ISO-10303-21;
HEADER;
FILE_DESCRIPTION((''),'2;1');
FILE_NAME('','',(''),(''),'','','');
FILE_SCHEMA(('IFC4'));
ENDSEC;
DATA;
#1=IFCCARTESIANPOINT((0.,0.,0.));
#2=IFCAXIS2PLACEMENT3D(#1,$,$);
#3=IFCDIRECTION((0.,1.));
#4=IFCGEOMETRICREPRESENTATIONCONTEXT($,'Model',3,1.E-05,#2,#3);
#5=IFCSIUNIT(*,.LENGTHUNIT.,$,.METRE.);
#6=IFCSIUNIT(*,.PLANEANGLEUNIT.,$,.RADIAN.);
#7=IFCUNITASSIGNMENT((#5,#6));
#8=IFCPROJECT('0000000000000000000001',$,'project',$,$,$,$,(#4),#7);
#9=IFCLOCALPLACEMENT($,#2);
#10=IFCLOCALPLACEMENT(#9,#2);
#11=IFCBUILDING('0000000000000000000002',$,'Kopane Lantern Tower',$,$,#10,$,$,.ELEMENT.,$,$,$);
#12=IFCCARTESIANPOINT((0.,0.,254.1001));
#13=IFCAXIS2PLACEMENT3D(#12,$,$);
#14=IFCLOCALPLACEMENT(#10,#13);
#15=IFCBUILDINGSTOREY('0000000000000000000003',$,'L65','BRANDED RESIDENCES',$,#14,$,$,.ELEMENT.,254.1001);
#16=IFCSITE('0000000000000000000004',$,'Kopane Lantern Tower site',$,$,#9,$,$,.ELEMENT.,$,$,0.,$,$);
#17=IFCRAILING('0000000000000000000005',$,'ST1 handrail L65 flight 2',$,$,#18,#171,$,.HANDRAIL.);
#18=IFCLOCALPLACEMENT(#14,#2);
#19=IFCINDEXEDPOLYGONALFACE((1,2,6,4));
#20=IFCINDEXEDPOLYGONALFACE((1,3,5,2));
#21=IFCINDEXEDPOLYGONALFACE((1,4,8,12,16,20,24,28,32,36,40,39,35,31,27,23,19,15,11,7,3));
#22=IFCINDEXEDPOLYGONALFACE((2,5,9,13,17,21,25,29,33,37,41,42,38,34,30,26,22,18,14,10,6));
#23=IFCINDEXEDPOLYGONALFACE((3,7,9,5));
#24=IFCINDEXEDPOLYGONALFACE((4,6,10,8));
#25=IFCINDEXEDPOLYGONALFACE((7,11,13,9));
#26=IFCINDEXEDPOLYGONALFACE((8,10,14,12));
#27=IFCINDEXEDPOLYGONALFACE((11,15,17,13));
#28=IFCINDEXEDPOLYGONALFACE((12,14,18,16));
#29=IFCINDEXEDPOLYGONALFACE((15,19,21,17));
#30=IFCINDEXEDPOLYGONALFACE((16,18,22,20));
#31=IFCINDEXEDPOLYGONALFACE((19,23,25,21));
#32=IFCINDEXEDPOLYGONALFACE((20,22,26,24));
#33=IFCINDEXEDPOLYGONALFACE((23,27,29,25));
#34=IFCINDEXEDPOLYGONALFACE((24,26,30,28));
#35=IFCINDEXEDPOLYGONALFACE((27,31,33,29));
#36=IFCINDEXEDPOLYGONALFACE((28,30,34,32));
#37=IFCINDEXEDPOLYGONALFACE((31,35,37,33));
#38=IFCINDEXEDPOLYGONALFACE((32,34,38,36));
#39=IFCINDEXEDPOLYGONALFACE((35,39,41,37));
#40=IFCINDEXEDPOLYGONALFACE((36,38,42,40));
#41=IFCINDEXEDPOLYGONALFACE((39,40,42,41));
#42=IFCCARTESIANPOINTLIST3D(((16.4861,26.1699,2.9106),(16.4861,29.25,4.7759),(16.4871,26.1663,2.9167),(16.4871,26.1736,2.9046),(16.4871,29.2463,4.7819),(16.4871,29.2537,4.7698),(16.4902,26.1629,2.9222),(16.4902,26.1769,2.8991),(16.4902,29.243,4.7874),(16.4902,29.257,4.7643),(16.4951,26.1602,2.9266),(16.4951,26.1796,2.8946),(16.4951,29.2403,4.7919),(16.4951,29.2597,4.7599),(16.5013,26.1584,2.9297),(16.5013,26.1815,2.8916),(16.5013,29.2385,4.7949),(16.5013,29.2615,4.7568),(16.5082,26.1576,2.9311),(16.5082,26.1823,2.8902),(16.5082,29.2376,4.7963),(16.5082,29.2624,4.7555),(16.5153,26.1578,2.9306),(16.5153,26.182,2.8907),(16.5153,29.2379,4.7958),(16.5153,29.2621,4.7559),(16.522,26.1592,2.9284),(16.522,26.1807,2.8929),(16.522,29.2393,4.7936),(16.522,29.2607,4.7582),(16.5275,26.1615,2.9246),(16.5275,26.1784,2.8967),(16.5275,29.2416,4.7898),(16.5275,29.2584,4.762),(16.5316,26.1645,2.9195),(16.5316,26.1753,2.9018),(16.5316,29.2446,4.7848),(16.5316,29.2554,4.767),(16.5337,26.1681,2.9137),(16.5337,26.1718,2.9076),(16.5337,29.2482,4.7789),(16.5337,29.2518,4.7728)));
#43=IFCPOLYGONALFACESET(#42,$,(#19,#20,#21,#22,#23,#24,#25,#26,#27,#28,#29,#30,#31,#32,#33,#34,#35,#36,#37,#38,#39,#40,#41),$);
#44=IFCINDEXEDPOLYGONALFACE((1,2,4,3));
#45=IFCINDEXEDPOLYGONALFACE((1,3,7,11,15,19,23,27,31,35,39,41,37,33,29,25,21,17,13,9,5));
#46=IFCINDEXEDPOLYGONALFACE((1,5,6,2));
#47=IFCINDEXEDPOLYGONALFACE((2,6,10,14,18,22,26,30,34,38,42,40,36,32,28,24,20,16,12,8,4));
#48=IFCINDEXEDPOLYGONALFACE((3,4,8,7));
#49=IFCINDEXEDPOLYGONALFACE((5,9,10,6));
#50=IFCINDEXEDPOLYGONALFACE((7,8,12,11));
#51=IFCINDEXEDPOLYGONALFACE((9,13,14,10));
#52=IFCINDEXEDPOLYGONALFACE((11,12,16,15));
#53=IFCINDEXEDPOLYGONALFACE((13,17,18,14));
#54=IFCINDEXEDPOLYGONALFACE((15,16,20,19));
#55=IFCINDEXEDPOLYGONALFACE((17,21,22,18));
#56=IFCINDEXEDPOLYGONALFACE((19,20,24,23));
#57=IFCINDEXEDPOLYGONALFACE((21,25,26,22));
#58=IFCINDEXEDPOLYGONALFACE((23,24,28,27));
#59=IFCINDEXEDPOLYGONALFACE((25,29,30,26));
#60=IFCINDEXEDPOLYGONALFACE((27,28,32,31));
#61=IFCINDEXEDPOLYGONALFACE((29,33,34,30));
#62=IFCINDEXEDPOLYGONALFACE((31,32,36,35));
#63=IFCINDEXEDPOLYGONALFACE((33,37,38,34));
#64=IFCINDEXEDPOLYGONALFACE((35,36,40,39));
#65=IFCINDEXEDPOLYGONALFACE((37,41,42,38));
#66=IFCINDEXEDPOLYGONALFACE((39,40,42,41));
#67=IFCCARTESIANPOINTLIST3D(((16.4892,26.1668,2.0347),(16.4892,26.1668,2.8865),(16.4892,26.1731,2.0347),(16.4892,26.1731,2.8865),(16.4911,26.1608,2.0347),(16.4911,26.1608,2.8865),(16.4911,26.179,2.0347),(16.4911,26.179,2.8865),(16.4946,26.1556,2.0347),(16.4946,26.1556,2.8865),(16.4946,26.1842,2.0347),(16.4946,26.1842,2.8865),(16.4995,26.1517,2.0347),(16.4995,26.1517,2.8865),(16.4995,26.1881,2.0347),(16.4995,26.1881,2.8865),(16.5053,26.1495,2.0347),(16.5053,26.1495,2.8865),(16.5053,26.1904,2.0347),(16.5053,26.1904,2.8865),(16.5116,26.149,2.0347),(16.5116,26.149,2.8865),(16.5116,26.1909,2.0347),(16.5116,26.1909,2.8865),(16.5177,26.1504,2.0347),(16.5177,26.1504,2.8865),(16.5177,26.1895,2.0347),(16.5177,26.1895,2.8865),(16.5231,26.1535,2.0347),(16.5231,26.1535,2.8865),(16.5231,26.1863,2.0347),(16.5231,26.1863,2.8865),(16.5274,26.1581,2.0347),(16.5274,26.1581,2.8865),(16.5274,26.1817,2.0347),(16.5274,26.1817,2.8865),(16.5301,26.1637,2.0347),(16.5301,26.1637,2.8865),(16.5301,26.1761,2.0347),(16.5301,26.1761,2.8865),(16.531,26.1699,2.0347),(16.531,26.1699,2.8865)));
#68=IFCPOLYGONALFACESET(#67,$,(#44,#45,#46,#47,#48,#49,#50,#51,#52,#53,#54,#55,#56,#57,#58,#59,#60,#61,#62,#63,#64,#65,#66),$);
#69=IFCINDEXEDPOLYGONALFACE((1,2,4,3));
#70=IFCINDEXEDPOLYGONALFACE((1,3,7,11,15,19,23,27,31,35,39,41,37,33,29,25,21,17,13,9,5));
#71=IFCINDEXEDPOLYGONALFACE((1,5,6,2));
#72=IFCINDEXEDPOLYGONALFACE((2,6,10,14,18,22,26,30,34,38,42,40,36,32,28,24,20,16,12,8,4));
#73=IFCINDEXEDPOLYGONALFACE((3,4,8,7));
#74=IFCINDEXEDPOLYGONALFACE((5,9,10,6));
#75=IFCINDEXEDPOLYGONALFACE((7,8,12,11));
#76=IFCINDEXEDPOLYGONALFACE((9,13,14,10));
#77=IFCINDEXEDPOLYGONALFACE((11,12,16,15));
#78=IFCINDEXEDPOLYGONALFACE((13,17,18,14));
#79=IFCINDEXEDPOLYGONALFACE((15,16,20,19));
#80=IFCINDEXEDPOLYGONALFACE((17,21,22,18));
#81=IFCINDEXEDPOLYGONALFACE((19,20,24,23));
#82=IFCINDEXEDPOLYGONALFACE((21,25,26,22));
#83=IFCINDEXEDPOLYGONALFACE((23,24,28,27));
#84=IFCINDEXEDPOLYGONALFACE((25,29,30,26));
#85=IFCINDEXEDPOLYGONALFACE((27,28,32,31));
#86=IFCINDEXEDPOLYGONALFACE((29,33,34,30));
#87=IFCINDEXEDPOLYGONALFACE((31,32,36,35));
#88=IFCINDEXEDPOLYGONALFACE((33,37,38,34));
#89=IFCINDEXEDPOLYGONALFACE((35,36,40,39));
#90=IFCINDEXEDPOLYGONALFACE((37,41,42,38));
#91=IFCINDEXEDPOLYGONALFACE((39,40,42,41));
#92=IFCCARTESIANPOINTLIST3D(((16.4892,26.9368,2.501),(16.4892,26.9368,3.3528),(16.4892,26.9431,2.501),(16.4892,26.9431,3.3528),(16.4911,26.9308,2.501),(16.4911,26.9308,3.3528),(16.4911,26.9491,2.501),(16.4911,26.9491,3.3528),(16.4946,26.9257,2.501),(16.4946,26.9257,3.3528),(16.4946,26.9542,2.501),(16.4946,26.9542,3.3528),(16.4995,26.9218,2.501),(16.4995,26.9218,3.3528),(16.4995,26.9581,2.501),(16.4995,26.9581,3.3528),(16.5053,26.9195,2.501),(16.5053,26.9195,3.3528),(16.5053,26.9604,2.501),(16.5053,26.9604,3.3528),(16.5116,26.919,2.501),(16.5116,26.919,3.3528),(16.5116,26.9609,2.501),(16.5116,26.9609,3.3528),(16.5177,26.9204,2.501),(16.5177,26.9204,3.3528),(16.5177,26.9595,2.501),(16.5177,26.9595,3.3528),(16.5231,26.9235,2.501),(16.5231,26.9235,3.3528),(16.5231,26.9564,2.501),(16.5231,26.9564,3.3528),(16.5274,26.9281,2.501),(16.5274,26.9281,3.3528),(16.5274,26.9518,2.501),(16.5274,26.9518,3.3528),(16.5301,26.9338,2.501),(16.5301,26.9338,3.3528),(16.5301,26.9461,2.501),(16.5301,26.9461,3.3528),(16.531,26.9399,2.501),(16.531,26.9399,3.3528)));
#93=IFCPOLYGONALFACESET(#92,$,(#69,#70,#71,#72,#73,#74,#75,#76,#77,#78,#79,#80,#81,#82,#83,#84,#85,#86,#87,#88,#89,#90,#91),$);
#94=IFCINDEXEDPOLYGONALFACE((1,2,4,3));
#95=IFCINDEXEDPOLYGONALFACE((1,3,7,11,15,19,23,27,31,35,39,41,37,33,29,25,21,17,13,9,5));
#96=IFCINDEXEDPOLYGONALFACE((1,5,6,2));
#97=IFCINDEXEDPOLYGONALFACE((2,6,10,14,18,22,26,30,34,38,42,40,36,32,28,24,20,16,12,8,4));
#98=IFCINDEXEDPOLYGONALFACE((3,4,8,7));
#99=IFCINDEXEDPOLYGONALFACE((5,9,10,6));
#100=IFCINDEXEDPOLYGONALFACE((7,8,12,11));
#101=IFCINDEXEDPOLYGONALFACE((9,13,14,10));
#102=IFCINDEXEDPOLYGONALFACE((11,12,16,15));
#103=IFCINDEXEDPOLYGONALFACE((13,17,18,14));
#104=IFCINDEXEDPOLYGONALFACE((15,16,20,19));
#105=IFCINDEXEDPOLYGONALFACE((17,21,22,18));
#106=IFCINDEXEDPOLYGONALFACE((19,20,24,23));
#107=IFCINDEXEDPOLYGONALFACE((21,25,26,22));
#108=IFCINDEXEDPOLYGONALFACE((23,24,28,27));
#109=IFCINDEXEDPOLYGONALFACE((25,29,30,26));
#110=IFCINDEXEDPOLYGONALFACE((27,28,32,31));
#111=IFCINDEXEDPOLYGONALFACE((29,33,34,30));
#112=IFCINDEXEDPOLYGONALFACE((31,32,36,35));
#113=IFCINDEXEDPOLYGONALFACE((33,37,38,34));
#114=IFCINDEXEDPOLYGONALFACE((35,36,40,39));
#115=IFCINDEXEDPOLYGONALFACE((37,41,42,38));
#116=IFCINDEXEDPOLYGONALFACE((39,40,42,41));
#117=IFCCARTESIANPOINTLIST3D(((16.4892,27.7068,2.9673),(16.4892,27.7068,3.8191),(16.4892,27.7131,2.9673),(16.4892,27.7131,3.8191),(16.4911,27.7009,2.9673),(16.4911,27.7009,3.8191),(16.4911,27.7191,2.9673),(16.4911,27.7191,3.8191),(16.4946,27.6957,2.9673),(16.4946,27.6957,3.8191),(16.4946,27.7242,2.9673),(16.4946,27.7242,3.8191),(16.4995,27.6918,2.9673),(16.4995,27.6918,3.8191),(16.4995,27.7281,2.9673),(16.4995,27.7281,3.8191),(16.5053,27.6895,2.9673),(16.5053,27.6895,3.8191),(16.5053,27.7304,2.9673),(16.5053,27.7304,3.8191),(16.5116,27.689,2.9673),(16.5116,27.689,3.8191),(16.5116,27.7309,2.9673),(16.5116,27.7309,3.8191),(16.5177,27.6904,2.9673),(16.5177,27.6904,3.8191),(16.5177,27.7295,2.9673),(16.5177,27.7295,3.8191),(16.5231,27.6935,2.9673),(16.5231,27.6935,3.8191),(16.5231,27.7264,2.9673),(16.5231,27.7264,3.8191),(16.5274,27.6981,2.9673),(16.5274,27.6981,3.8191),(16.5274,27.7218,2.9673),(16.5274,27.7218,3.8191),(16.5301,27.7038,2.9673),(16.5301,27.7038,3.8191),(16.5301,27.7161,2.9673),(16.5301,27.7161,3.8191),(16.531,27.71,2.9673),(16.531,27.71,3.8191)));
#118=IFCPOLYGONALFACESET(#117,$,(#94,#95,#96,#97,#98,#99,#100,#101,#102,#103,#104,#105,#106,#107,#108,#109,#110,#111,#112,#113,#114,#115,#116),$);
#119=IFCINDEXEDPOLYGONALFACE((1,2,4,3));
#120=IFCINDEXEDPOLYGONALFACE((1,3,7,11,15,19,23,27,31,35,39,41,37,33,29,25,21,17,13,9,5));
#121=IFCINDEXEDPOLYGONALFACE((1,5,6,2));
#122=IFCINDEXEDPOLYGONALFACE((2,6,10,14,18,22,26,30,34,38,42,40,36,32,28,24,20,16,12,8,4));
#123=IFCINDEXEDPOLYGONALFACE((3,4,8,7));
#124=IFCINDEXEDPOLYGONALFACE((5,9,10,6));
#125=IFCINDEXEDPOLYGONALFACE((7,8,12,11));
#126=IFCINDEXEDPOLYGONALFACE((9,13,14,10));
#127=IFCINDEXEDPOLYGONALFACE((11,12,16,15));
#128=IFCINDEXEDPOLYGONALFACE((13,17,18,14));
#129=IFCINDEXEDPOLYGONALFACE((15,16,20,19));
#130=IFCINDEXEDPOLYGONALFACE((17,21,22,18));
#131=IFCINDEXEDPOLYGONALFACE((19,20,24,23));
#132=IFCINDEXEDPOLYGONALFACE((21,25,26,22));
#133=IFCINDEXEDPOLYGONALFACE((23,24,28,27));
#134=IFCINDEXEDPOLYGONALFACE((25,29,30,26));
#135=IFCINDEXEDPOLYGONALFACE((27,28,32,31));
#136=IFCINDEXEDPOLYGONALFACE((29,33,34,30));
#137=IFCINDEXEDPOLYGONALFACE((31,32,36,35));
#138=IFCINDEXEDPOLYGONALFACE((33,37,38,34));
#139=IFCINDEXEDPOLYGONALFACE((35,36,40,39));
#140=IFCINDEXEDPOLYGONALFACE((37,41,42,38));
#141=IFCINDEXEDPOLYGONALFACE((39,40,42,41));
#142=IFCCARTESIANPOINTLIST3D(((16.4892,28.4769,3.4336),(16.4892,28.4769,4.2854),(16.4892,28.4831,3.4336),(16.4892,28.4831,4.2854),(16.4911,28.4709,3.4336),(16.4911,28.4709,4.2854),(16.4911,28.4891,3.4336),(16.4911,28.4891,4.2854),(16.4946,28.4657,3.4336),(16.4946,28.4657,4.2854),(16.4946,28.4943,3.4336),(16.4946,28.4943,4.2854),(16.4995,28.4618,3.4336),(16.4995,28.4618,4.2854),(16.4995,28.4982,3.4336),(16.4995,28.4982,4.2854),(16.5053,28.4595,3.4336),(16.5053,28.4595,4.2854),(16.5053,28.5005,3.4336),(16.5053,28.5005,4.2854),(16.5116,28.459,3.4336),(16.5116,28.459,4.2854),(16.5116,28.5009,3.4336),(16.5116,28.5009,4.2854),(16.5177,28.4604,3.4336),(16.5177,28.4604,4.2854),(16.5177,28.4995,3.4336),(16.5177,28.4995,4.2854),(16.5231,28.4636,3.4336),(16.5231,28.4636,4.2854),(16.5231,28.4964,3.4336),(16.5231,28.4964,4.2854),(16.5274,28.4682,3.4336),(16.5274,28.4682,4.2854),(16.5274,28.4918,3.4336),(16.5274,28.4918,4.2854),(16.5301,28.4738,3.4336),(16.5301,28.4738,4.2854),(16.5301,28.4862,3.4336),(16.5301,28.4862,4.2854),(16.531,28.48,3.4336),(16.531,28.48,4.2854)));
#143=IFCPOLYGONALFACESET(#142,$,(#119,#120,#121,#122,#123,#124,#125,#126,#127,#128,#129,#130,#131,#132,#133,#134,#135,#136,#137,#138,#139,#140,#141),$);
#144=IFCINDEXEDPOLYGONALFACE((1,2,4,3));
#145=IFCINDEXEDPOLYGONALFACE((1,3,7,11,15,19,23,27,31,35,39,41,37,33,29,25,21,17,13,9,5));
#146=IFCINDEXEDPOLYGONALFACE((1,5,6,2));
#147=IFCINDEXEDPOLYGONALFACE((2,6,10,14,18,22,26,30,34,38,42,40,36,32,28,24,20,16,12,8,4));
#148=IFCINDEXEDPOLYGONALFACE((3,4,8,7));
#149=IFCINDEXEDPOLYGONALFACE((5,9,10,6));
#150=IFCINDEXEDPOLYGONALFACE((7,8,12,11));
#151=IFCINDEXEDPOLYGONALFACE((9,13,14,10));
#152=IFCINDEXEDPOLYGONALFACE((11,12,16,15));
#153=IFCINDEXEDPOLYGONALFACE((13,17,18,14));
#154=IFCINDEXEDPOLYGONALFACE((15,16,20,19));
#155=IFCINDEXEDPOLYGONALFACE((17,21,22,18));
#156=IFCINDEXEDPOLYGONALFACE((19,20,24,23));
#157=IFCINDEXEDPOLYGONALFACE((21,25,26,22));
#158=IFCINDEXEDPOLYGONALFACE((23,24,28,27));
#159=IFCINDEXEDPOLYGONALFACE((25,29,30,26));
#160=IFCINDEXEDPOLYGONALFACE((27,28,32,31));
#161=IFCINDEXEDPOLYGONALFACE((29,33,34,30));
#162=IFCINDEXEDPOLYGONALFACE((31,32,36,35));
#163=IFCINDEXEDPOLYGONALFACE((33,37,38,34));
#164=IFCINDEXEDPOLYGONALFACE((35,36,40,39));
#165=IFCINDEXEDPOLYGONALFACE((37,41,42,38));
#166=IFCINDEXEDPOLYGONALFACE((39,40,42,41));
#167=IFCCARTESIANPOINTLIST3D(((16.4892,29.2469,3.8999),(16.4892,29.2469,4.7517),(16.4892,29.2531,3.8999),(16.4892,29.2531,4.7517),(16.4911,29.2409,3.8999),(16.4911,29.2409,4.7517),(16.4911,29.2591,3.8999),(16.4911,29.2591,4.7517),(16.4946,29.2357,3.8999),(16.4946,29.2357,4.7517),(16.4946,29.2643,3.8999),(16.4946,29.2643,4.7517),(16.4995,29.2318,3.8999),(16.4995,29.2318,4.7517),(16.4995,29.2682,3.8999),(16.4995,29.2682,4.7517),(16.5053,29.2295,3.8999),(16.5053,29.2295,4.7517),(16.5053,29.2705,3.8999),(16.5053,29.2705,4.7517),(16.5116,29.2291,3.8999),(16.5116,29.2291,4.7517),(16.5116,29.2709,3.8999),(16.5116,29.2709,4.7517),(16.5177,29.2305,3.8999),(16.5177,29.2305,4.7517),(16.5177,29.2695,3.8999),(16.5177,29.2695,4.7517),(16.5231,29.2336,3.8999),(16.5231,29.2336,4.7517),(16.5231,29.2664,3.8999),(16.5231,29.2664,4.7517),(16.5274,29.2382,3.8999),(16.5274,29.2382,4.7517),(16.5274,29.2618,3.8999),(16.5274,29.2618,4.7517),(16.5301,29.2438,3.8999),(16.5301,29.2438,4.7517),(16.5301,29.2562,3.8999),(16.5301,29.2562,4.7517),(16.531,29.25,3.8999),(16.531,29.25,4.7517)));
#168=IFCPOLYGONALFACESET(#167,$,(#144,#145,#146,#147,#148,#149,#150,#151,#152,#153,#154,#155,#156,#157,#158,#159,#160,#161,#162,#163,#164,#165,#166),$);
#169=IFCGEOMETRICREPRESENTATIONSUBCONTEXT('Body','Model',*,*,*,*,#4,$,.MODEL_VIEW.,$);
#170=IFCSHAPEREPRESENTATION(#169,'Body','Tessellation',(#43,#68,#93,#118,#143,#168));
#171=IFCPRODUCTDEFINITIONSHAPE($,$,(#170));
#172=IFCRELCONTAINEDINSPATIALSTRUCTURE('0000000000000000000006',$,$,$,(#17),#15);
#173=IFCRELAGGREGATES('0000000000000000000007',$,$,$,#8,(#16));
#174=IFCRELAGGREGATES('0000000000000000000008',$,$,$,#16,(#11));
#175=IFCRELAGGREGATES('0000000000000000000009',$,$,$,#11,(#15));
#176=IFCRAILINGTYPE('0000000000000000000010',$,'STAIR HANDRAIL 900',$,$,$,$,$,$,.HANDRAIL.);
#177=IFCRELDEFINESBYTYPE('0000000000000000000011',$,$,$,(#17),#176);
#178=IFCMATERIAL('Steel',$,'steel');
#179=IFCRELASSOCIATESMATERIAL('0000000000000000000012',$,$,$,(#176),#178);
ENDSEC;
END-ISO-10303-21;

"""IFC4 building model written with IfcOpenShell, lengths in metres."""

from ifc_helpers import new_model, si_unit, direction, frame, origin, origin_2d, place, context, subcontext, project, spatial, circle, extrude, material, type_object, element, save


model = new_model("IFC4")

# Units and contexts
model_context = context("Model", 3, precision=1e-05, world=origin(), true_north=direction((0.0, 1.0)))
body_context = subcontext(model_context, "Body", "Model", "MODEL_VIEW")
ifc_project = project(units=[si_unit("LENGTHUNIT", "METRE"), si_unit("PLANEANGLEUNIT", "RADIAN")], contexts=[model_context])

# Site, building, storey
site_placement = place(None, origin())
site = spatial("IfcSite", under=ifc_project, at=site_placement, Name="Kopane Lantern Tower site", CompositionType="ELEMENT", RefElevation=0.0)
building_placement = place(site_placement, origin())
building = spatial("IfcBuilding", under=site, at=building_placement, Name="Kopane Lantern Tower", CompositionType="ELEMENT")
storey_placement = place(building_placement, frame((0.0, 0.0, 254.1001)))
storey = spatial("IfcBuildingStorey", under=building, at=storey_placement, Name="L65", Description="BRANDED RESIDENCES", CompositionType="ELEMENT", Elevation=254.1001)

# Railing
ifc_material_1 = material(Name="Steel", Category="steel")
railing_type_1 = type_object("IfcRailingType", Name="STAIR HANDRAIL 900", PredefinedType="HANDRAIL", material=ifc_material_1)
for number, where, name in (
    (1, (16.51, 26.1699, 2.0347), "ST1 handrail L65 flight 2"),
):
    element("IfcRailing", number, at=place(storey_placement, frame(where)), inside=storey, type_object=railing_type_1, Name=name, PredefinedType="HANDRAIL", context=body_context, shape_type="SweptSolid", body=[
        extrude(circle(Radius=0.0239, at=origin_2d()), frame((0.0, 0.0, 0.876), z_axis=(0.0, 0.85538, 0.518001), x_axis=(-1.0, 0.0, 0.0)), (0.0, 0.0, 1.0), 3.6008),
        extrude(circle(Radius=0.021, at=origin_2d()), origin(), (0.0, 0.0, 1.0), 0.8518),
        extrude(circle(Radius=0.021, at=origin_2d()), frame((0.0, 0.77, 0.4663)), (0.0, 0.0, 1.0), 0.8518),
        extrude(circle(Radius=0.021, at=origin_2d()), frame((0.0, 1.54, 0.9326)), (0.0, 0.0, 1.0), 0.8518),
        extrude(circle(Radius=0.021, at=origin_2d()), frame((0.0, 2.3101, 1.3989)), (0.0, 0.0, 1.0), 0.8518),
        extrude(circle(Radius=0.021, at=origin_2d()), frame((0.0, 3.0801, 1.8652)), (0.0, 0.0, 1.0), 0.8518),
    ])

save(model, "model.ifc")
